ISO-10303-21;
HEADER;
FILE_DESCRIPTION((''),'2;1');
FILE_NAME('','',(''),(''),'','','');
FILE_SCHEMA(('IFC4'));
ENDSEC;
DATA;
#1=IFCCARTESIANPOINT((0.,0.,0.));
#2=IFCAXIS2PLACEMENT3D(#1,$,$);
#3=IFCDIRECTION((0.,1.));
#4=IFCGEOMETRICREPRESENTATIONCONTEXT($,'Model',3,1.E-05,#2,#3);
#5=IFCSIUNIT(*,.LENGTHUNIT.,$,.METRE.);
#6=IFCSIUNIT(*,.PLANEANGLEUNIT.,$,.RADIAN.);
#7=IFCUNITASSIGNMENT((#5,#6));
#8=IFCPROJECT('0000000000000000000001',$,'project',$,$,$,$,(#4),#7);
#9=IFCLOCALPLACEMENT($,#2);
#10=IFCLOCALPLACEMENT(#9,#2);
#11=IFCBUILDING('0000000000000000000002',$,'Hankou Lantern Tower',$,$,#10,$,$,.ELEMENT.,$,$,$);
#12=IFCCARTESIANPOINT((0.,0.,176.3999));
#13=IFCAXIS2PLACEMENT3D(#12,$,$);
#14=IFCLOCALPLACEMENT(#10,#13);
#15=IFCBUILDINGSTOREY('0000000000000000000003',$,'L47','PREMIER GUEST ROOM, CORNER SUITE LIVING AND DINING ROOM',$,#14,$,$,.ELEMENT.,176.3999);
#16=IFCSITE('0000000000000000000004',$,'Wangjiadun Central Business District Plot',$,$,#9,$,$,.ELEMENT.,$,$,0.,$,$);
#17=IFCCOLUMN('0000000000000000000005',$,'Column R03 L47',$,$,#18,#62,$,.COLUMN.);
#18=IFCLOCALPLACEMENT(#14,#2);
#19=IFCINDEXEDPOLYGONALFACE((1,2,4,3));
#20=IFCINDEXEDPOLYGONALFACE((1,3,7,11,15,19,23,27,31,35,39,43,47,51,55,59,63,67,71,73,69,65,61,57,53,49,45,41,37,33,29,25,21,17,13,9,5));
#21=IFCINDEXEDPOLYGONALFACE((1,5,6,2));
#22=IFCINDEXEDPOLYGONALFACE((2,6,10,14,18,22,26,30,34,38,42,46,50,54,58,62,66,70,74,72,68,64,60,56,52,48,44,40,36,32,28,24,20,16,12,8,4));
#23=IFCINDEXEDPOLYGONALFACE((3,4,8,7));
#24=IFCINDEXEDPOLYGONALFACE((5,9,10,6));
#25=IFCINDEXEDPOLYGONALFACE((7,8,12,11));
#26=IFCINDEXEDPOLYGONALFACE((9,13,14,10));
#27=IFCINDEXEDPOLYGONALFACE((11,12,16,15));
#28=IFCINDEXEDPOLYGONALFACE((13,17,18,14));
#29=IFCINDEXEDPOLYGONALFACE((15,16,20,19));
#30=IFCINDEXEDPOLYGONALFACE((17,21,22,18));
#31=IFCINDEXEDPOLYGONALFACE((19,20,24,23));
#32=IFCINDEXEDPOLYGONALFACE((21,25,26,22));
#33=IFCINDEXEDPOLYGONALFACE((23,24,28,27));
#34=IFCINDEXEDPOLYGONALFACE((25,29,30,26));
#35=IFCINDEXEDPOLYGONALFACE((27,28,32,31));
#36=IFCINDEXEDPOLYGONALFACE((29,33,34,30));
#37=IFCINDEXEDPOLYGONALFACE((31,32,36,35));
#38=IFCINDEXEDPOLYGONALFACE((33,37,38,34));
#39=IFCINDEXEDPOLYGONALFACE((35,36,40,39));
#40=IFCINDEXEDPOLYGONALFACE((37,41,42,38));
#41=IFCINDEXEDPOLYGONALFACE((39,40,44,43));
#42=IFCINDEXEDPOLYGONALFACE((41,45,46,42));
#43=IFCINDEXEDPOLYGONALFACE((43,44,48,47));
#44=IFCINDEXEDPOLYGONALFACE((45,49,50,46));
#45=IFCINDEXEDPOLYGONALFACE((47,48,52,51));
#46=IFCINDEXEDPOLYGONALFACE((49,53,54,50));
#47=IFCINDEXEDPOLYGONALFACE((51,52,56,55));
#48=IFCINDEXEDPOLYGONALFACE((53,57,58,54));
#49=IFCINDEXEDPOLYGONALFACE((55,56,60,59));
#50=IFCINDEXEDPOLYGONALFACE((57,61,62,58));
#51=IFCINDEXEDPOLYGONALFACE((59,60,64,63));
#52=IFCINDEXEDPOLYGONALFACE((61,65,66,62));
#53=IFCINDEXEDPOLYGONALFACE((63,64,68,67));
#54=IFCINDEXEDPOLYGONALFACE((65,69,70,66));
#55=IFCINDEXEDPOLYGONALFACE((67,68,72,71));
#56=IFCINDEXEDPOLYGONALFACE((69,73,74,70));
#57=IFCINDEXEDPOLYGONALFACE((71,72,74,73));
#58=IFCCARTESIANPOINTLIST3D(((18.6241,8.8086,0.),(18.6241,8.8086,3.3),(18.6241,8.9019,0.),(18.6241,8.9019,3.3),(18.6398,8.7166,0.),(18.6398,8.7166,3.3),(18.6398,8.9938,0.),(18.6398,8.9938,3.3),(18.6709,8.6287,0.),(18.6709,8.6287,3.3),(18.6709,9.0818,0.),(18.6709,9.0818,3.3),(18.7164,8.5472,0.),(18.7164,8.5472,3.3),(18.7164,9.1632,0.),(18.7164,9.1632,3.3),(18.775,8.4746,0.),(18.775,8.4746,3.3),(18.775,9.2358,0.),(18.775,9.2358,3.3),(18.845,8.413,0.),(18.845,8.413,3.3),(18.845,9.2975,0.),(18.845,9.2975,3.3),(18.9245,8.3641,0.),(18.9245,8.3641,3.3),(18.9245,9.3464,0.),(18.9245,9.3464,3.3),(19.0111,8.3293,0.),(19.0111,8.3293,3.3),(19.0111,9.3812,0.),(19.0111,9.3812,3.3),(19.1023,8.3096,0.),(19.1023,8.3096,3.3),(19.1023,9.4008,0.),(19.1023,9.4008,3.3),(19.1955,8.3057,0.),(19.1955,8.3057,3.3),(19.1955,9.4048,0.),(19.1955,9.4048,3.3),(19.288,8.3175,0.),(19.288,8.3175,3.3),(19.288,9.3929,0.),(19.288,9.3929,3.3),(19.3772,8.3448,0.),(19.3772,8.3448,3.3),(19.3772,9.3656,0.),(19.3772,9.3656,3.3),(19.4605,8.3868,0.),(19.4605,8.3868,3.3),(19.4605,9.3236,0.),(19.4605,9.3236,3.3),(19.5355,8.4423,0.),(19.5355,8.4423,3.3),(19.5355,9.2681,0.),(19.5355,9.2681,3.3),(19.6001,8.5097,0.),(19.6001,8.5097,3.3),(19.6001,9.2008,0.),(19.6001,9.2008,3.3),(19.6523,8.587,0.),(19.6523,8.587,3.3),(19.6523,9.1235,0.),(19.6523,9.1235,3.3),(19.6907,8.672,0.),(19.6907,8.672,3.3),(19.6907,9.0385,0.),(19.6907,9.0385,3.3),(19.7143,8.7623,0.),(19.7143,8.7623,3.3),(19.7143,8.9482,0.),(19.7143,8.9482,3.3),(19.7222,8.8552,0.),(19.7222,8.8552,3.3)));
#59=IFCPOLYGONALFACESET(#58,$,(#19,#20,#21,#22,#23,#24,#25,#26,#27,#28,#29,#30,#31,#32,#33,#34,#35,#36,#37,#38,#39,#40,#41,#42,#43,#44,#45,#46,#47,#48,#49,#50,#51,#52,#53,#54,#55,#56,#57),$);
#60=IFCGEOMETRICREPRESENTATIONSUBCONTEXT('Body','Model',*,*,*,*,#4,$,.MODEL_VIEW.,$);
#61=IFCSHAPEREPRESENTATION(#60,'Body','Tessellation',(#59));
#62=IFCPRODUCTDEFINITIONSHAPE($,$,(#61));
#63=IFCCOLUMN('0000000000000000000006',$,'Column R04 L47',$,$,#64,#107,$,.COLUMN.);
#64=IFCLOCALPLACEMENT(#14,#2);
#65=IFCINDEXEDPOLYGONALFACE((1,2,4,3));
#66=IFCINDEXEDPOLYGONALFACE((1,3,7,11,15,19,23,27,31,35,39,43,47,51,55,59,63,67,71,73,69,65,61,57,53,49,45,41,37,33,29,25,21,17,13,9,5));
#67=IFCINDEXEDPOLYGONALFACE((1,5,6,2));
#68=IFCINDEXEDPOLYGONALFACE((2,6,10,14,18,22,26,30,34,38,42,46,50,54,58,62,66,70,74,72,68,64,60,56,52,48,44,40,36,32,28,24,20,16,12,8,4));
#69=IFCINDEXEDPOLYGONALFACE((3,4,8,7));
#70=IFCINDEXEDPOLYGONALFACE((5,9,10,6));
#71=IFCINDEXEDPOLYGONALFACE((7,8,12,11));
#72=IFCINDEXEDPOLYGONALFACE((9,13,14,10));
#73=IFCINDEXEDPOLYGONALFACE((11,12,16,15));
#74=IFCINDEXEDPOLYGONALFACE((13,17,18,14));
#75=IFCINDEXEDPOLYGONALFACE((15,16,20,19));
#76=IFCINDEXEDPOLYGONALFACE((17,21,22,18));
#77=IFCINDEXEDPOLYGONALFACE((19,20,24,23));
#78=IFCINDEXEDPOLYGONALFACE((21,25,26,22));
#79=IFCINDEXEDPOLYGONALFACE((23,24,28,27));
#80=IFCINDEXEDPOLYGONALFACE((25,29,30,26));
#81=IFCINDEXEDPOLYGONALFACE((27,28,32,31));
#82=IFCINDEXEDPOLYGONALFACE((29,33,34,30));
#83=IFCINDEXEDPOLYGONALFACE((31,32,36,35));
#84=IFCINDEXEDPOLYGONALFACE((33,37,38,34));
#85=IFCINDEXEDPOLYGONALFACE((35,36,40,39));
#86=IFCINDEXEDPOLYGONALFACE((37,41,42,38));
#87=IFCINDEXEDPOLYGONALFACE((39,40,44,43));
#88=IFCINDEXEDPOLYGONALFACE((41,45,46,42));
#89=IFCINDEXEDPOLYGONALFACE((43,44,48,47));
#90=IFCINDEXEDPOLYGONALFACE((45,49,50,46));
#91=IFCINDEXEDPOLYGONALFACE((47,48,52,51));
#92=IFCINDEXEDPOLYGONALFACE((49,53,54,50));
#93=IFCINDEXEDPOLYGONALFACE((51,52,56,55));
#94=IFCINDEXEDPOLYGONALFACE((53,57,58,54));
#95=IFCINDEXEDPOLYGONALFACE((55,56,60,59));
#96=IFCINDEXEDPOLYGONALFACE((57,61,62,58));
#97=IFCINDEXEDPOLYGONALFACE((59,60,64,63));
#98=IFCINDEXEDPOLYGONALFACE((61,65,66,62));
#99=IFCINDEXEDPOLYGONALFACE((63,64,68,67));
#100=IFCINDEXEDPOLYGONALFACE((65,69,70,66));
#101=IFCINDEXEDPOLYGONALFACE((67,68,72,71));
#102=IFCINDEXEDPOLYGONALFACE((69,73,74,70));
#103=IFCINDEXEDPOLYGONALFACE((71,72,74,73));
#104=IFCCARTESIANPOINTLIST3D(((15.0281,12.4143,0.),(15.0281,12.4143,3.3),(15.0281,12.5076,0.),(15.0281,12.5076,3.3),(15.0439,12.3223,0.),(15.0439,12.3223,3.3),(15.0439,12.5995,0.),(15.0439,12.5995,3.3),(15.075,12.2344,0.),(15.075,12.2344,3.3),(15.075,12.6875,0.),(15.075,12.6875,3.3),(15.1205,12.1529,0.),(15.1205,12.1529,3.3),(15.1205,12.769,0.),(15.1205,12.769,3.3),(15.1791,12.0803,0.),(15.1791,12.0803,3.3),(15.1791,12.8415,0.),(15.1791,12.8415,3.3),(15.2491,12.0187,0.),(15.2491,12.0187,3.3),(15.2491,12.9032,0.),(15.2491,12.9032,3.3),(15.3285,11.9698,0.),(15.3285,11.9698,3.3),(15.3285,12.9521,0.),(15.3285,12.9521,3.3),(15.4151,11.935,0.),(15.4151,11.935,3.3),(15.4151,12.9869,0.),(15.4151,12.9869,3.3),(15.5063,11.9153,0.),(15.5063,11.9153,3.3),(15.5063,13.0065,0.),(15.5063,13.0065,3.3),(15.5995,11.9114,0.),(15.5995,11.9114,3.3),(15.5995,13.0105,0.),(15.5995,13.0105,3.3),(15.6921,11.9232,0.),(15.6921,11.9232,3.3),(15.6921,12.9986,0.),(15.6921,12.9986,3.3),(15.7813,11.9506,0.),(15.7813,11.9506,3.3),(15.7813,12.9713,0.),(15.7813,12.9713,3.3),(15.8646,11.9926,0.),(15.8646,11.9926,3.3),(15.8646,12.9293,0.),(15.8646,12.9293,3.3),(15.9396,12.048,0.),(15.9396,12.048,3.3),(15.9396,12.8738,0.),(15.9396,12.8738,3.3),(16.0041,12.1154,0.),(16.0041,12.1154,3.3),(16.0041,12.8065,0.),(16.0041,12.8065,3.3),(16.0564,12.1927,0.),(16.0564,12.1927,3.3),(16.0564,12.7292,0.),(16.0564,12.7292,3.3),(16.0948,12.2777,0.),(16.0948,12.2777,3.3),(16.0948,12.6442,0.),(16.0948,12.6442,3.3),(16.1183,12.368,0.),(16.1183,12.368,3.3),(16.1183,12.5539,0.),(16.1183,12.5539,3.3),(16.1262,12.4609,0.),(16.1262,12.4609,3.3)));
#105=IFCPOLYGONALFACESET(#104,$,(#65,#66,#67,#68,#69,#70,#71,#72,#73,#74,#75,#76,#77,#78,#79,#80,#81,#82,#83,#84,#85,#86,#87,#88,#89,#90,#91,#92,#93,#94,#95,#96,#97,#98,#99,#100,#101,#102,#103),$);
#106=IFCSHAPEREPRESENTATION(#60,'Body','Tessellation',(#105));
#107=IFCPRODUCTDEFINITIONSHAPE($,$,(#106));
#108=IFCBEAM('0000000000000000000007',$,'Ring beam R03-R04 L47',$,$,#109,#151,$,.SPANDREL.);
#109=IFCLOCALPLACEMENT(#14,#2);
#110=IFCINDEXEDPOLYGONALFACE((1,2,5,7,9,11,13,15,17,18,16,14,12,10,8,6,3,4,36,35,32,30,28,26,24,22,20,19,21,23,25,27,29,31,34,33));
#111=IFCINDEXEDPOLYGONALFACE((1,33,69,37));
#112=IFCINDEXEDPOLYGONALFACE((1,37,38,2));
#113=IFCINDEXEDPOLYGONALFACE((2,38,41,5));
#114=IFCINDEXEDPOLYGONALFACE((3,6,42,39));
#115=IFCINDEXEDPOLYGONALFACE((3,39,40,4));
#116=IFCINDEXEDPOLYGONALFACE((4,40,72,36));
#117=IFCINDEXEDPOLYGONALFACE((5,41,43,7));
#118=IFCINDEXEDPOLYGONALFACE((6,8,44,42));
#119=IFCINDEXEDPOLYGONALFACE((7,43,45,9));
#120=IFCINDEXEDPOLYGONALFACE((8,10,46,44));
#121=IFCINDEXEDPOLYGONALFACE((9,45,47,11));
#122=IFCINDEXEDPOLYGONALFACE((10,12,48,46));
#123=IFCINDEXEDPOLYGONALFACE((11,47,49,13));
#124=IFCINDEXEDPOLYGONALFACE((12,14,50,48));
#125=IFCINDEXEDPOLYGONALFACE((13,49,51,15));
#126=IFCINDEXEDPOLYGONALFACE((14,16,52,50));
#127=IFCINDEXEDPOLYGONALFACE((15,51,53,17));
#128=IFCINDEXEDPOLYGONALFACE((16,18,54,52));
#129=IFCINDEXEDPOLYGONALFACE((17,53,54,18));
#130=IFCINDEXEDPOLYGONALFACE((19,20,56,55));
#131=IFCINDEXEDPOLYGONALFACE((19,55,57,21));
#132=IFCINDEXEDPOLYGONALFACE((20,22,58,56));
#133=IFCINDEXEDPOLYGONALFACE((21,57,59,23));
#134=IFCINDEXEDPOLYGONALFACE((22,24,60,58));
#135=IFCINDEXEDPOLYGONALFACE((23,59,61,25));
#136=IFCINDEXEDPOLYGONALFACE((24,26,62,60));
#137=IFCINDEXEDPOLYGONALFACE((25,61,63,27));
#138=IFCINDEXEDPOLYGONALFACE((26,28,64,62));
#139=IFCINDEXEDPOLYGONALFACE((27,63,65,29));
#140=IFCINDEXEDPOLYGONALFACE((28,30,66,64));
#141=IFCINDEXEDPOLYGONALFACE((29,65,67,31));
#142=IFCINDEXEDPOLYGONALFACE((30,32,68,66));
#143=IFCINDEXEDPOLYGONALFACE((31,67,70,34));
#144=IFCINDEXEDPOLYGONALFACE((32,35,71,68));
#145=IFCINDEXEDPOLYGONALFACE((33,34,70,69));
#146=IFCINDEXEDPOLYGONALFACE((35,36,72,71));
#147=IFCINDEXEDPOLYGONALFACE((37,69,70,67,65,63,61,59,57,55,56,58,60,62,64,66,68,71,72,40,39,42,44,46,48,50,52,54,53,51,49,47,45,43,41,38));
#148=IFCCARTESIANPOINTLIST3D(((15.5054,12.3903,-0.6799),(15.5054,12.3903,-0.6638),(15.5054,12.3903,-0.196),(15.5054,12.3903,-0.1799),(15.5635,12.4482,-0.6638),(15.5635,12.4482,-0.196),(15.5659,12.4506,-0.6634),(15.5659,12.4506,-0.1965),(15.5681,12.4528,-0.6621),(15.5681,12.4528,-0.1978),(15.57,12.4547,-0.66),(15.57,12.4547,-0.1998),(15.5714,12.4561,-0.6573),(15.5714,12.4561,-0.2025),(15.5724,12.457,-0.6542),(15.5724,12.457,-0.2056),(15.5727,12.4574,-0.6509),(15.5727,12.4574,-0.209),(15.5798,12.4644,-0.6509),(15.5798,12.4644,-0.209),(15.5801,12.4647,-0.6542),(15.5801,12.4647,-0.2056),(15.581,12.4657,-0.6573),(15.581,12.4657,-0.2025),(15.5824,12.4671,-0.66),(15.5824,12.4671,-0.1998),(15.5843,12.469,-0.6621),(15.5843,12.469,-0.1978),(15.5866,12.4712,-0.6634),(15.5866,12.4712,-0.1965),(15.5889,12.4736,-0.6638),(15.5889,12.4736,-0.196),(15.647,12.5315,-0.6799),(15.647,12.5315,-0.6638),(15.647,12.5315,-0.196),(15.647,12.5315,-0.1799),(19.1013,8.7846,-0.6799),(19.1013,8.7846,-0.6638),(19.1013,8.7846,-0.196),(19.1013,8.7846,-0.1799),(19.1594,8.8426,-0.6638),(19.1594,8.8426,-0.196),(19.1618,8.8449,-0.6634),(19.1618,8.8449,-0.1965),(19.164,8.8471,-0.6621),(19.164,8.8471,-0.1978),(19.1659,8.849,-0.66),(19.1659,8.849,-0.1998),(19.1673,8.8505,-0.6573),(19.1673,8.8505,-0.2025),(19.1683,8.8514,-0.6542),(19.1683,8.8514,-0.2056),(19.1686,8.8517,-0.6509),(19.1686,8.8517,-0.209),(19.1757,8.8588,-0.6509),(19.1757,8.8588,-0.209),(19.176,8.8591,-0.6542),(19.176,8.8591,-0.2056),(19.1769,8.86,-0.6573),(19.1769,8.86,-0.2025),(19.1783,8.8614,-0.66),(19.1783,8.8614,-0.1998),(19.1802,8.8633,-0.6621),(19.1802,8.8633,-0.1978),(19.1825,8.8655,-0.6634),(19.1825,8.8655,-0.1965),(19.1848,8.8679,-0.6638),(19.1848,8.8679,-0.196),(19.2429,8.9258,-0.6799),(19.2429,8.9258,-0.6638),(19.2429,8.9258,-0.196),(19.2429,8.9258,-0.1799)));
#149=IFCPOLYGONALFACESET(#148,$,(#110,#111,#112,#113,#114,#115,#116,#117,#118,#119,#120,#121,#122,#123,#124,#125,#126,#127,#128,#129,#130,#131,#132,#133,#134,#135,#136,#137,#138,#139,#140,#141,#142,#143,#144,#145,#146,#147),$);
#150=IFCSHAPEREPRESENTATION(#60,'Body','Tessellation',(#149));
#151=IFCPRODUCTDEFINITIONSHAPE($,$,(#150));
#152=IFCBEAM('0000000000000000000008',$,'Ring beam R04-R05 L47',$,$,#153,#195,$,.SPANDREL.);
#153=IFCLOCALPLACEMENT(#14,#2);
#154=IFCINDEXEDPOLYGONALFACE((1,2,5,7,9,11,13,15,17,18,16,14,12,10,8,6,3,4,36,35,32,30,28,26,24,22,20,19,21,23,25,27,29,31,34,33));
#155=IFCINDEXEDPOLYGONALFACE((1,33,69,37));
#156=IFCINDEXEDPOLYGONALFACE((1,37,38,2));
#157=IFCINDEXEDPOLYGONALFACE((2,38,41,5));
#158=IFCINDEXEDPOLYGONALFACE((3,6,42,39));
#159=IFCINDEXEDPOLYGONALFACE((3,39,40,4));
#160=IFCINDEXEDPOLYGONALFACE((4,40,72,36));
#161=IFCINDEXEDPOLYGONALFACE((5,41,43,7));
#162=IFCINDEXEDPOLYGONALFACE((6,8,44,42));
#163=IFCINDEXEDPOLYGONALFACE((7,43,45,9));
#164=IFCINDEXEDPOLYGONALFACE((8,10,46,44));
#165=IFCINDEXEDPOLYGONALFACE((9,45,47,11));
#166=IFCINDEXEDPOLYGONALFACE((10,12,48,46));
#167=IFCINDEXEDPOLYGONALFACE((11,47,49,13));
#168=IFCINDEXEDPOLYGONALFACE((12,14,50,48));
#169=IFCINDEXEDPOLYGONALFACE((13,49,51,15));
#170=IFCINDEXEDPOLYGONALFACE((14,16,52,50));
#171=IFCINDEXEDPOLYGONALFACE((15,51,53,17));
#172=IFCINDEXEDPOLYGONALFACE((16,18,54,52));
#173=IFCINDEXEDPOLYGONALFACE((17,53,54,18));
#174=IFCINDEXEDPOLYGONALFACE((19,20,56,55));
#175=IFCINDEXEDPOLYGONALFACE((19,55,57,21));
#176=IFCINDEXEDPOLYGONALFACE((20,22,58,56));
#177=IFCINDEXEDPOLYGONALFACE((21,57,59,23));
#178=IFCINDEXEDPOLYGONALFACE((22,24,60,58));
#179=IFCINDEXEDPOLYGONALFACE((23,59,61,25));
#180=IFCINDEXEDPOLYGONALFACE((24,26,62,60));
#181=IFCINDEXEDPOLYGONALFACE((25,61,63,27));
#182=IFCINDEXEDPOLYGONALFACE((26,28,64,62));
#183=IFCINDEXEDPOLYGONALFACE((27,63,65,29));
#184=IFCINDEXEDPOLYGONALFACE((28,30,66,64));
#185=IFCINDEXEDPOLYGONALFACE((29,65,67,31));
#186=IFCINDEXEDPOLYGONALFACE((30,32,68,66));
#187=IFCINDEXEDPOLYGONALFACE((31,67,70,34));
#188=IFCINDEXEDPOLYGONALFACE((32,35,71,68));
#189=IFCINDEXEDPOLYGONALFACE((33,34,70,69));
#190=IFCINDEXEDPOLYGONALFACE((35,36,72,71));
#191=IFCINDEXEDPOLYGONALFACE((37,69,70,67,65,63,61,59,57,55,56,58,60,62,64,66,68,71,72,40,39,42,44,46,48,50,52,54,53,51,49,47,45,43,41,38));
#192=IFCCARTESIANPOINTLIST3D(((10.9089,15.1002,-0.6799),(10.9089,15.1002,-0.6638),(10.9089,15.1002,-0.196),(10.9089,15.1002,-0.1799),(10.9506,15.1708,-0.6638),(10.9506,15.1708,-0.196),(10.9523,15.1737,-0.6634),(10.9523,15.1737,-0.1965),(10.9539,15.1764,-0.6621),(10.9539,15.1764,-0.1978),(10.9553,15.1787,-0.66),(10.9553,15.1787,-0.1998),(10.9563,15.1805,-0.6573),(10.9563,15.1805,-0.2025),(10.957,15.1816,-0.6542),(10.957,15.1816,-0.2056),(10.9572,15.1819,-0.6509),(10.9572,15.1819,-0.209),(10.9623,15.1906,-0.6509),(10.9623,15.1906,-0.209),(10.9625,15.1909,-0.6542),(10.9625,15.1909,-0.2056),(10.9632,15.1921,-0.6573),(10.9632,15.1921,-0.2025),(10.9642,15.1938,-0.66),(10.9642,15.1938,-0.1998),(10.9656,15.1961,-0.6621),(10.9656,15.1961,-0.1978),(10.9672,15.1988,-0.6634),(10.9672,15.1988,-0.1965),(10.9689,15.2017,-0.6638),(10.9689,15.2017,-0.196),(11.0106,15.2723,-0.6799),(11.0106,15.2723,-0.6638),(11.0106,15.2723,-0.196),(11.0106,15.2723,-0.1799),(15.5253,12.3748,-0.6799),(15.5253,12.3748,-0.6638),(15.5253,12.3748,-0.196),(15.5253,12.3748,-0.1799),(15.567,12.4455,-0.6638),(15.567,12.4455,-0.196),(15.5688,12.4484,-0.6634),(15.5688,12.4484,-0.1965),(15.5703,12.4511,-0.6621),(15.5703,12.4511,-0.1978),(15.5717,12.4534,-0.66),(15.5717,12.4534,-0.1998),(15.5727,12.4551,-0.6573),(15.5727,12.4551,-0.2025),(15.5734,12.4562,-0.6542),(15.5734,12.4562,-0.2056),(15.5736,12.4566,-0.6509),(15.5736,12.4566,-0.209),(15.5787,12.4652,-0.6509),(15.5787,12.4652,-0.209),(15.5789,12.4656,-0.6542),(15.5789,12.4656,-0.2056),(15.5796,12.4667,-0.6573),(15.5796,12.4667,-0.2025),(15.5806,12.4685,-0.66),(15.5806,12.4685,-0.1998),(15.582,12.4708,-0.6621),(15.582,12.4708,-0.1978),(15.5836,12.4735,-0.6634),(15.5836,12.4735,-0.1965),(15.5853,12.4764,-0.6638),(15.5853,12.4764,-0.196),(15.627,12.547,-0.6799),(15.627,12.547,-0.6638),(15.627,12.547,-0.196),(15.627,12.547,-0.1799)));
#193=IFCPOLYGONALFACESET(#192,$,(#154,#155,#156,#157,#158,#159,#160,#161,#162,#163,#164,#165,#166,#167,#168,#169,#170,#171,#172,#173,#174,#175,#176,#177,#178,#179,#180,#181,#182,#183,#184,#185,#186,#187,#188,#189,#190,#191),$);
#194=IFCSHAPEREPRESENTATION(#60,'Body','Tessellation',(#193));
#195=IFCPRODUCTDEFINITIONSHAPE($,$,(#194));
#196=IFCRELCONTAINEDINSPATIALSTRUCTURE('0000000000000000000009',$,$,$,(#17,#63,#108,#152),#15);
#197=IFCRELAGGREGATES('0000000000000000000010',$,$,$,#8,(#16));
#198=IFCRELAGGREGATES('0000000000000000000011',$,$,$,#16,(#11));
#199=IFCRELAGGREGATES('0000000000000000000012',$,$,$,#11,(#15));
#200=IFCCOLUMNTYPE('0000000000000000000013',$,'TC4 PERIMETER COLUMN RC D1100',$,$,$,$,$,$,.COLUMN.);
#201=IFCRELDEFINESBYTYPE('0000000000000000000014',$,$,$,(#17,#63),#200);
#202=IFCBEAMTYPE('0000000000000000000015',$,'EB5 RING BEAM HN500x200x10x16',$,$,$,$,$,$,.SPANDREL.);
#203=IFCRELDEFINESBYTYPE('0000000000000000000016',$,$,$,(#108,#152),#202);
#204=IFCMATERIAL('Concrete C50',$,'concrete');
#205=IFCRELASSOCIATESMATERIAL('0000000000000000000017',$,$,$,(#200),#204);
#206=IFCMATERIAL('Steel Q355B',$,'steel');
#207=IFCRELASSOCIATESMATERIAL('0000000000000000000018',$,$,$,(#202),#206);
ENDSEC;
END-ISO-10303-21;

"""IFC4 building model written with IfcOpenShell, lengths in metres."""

from ifc_helpers import new_model, si_unit, direction, frame, origin, origin_2d, place, context, subcontext, project, spatial, circle, i_section, extrude, material, material_profile, profile_set, type_object, element, save


model = new_model("IFC4")

# Units and contexts
model_context = context("Model", 3, precision=1e-05, world=origin(), true_north=direction((0.0, 1.0)))
body_context = subcontext(model_context, "Body", "Model", "MODEL_VIEW")
ifc_project = project(units=[si_unit("LENGTHUNIT", "METRE"), si_unit("PLANEANGLEUNIT", "RADIAN")], contexts=[model_context])

# Site, building, storey
site_placement = place(None, origin())
site = spatial("IfcSite", under=ifc_project, at=site_placement, Name="Wangjiadun Central Business District Plot", CompositionType="ELEMENT", RefElevation=0.0)
building_placement = place(site_placement, origin())
building = spatial("IfcBuilding", under=site, at=building_placement, Name="Hankou Lantern Tower", CompositionType="ELEMENT")
storey_placement = place(building_placement, frame((0.0, 0.0, 176.3999)))
storey = spatial("IfcBuildingStorey", under=building, at=storey_placement, Name="L47", Description="PREMIER GUEST ROOM, CORNER SUITE LIVING AND DINING ROOM", CompositionType="ELEMENT", Elevation=176.3999)

# Columns
ifc_material_1 = material(Name="Concrete C50", Category="concrete")
ifc_material_profile_1 = material_profile(ifc_material_1, circle(Radius=0.55, at=origin_2d()), Name="RC D1100")
ifc_profile_set_1 = profile_set([ifc_material_profile_1], Name="Concrete C50")
column_type = type_object("IfcColumnType", Name="TC4 PERIMETER COLUMN RC D1100", PredefinedType="COLUMN", material=ifc_profile_set_1)
for number, where, z_axis, x_axis, name in (
    (1, (19.1721, 8.8552, 0.0), (0.0, 0.0, 1.0), (1.0, 0.0, 0.0), "Column R03 L47"),
    (2, (15.5762, 12.4609, 0.0), (0.0, 0.0, 1.0), (1.0, 0.0, 0.0), "Column R04 L47"),
):
    element("IfcColumn", number, at=place(storey_placement, frame(where, z_axis=z_axis, x_axis=x_axis)), inside=storey, type_object=column_type, Name=name, PredefinedType="COLUMN", context=body_context, shape_type="SweptSolid", body=[
        extrude(circle(Radius=0.55, at=origin_2d()), origin(), (0.0, 0.0, 1.0), 3.3),
    ])

# Beams
ifc_material_2 = material(Name="Steel Q355B", Category="steel")
ifc_material_profile_2 = material_profile(ifc_material_2, i_section(OverallWidth=0.2, OverallDepth=0.5, WebThickness=0.01, FlangeThickness=0.0161, FilletRadius=0.0129, at=origin_2d()), Name="HN500x200x10x16")
ifc_profile_set_2 = profile_set([ifc_material_profile_2], Name="Steel Q355B")
beam_type_1 = type_object("IfcBeamType", Name="EB5 RING BEAM HN500x200x10x16", PredefinedType="SPANDREL", material=ifc_profile_set_2)
beam_1_placement = place(storey_placement, frame((19.1721, 8.8552, -0.4299), z_axis=(-0.706147, 0.708065, 0.0), x_axis=(-0.708065, -0.706147, 0.0)))
element("IfcBeam", 3, at=beam_1_placement, inside=storey, type_object=beam_type_1, Name="Ring beam R03-R04 L47", PredefinedType="SPANDREL", context=body_context, shape_type="SweptSolid", body=[
    extrude(i_section(OverallWidth=0.2, OverallDepth=0.5, WebThickness=0.01, FlangeThickness=0.0161, FilletRadius=0.0129, at=origin_2d()), origin(), (0.0, 0.0, 1.0), 5.0923),
])
beam_2_placement = place(storey_placement, frame((15.5762, 12.4609, -0.4299), z_axis=(-0.861136, 0.508375, 0.0), x_axis=(-0.508375, -0.861136, 0.0)))
element("IfcBeam", 4, at=beam_2_placement, inside=storey, type_object=beam_type_1, Name="Ring beam R04-R05 L47", PredefinedType="SPANDREL", context=body_context, shape_type="SweptSolid", body=[
    extrude(i_section(OverallWidth=0.2, OverallDepth=0.5, WebThickness=0.01, FlangeThickness=0.0161, FilletRadius=0.0129, at=origin_2d()), origin(), (0.0, 0.0, 1.0), 5.3608),
])

save(model, "model.ifc")
